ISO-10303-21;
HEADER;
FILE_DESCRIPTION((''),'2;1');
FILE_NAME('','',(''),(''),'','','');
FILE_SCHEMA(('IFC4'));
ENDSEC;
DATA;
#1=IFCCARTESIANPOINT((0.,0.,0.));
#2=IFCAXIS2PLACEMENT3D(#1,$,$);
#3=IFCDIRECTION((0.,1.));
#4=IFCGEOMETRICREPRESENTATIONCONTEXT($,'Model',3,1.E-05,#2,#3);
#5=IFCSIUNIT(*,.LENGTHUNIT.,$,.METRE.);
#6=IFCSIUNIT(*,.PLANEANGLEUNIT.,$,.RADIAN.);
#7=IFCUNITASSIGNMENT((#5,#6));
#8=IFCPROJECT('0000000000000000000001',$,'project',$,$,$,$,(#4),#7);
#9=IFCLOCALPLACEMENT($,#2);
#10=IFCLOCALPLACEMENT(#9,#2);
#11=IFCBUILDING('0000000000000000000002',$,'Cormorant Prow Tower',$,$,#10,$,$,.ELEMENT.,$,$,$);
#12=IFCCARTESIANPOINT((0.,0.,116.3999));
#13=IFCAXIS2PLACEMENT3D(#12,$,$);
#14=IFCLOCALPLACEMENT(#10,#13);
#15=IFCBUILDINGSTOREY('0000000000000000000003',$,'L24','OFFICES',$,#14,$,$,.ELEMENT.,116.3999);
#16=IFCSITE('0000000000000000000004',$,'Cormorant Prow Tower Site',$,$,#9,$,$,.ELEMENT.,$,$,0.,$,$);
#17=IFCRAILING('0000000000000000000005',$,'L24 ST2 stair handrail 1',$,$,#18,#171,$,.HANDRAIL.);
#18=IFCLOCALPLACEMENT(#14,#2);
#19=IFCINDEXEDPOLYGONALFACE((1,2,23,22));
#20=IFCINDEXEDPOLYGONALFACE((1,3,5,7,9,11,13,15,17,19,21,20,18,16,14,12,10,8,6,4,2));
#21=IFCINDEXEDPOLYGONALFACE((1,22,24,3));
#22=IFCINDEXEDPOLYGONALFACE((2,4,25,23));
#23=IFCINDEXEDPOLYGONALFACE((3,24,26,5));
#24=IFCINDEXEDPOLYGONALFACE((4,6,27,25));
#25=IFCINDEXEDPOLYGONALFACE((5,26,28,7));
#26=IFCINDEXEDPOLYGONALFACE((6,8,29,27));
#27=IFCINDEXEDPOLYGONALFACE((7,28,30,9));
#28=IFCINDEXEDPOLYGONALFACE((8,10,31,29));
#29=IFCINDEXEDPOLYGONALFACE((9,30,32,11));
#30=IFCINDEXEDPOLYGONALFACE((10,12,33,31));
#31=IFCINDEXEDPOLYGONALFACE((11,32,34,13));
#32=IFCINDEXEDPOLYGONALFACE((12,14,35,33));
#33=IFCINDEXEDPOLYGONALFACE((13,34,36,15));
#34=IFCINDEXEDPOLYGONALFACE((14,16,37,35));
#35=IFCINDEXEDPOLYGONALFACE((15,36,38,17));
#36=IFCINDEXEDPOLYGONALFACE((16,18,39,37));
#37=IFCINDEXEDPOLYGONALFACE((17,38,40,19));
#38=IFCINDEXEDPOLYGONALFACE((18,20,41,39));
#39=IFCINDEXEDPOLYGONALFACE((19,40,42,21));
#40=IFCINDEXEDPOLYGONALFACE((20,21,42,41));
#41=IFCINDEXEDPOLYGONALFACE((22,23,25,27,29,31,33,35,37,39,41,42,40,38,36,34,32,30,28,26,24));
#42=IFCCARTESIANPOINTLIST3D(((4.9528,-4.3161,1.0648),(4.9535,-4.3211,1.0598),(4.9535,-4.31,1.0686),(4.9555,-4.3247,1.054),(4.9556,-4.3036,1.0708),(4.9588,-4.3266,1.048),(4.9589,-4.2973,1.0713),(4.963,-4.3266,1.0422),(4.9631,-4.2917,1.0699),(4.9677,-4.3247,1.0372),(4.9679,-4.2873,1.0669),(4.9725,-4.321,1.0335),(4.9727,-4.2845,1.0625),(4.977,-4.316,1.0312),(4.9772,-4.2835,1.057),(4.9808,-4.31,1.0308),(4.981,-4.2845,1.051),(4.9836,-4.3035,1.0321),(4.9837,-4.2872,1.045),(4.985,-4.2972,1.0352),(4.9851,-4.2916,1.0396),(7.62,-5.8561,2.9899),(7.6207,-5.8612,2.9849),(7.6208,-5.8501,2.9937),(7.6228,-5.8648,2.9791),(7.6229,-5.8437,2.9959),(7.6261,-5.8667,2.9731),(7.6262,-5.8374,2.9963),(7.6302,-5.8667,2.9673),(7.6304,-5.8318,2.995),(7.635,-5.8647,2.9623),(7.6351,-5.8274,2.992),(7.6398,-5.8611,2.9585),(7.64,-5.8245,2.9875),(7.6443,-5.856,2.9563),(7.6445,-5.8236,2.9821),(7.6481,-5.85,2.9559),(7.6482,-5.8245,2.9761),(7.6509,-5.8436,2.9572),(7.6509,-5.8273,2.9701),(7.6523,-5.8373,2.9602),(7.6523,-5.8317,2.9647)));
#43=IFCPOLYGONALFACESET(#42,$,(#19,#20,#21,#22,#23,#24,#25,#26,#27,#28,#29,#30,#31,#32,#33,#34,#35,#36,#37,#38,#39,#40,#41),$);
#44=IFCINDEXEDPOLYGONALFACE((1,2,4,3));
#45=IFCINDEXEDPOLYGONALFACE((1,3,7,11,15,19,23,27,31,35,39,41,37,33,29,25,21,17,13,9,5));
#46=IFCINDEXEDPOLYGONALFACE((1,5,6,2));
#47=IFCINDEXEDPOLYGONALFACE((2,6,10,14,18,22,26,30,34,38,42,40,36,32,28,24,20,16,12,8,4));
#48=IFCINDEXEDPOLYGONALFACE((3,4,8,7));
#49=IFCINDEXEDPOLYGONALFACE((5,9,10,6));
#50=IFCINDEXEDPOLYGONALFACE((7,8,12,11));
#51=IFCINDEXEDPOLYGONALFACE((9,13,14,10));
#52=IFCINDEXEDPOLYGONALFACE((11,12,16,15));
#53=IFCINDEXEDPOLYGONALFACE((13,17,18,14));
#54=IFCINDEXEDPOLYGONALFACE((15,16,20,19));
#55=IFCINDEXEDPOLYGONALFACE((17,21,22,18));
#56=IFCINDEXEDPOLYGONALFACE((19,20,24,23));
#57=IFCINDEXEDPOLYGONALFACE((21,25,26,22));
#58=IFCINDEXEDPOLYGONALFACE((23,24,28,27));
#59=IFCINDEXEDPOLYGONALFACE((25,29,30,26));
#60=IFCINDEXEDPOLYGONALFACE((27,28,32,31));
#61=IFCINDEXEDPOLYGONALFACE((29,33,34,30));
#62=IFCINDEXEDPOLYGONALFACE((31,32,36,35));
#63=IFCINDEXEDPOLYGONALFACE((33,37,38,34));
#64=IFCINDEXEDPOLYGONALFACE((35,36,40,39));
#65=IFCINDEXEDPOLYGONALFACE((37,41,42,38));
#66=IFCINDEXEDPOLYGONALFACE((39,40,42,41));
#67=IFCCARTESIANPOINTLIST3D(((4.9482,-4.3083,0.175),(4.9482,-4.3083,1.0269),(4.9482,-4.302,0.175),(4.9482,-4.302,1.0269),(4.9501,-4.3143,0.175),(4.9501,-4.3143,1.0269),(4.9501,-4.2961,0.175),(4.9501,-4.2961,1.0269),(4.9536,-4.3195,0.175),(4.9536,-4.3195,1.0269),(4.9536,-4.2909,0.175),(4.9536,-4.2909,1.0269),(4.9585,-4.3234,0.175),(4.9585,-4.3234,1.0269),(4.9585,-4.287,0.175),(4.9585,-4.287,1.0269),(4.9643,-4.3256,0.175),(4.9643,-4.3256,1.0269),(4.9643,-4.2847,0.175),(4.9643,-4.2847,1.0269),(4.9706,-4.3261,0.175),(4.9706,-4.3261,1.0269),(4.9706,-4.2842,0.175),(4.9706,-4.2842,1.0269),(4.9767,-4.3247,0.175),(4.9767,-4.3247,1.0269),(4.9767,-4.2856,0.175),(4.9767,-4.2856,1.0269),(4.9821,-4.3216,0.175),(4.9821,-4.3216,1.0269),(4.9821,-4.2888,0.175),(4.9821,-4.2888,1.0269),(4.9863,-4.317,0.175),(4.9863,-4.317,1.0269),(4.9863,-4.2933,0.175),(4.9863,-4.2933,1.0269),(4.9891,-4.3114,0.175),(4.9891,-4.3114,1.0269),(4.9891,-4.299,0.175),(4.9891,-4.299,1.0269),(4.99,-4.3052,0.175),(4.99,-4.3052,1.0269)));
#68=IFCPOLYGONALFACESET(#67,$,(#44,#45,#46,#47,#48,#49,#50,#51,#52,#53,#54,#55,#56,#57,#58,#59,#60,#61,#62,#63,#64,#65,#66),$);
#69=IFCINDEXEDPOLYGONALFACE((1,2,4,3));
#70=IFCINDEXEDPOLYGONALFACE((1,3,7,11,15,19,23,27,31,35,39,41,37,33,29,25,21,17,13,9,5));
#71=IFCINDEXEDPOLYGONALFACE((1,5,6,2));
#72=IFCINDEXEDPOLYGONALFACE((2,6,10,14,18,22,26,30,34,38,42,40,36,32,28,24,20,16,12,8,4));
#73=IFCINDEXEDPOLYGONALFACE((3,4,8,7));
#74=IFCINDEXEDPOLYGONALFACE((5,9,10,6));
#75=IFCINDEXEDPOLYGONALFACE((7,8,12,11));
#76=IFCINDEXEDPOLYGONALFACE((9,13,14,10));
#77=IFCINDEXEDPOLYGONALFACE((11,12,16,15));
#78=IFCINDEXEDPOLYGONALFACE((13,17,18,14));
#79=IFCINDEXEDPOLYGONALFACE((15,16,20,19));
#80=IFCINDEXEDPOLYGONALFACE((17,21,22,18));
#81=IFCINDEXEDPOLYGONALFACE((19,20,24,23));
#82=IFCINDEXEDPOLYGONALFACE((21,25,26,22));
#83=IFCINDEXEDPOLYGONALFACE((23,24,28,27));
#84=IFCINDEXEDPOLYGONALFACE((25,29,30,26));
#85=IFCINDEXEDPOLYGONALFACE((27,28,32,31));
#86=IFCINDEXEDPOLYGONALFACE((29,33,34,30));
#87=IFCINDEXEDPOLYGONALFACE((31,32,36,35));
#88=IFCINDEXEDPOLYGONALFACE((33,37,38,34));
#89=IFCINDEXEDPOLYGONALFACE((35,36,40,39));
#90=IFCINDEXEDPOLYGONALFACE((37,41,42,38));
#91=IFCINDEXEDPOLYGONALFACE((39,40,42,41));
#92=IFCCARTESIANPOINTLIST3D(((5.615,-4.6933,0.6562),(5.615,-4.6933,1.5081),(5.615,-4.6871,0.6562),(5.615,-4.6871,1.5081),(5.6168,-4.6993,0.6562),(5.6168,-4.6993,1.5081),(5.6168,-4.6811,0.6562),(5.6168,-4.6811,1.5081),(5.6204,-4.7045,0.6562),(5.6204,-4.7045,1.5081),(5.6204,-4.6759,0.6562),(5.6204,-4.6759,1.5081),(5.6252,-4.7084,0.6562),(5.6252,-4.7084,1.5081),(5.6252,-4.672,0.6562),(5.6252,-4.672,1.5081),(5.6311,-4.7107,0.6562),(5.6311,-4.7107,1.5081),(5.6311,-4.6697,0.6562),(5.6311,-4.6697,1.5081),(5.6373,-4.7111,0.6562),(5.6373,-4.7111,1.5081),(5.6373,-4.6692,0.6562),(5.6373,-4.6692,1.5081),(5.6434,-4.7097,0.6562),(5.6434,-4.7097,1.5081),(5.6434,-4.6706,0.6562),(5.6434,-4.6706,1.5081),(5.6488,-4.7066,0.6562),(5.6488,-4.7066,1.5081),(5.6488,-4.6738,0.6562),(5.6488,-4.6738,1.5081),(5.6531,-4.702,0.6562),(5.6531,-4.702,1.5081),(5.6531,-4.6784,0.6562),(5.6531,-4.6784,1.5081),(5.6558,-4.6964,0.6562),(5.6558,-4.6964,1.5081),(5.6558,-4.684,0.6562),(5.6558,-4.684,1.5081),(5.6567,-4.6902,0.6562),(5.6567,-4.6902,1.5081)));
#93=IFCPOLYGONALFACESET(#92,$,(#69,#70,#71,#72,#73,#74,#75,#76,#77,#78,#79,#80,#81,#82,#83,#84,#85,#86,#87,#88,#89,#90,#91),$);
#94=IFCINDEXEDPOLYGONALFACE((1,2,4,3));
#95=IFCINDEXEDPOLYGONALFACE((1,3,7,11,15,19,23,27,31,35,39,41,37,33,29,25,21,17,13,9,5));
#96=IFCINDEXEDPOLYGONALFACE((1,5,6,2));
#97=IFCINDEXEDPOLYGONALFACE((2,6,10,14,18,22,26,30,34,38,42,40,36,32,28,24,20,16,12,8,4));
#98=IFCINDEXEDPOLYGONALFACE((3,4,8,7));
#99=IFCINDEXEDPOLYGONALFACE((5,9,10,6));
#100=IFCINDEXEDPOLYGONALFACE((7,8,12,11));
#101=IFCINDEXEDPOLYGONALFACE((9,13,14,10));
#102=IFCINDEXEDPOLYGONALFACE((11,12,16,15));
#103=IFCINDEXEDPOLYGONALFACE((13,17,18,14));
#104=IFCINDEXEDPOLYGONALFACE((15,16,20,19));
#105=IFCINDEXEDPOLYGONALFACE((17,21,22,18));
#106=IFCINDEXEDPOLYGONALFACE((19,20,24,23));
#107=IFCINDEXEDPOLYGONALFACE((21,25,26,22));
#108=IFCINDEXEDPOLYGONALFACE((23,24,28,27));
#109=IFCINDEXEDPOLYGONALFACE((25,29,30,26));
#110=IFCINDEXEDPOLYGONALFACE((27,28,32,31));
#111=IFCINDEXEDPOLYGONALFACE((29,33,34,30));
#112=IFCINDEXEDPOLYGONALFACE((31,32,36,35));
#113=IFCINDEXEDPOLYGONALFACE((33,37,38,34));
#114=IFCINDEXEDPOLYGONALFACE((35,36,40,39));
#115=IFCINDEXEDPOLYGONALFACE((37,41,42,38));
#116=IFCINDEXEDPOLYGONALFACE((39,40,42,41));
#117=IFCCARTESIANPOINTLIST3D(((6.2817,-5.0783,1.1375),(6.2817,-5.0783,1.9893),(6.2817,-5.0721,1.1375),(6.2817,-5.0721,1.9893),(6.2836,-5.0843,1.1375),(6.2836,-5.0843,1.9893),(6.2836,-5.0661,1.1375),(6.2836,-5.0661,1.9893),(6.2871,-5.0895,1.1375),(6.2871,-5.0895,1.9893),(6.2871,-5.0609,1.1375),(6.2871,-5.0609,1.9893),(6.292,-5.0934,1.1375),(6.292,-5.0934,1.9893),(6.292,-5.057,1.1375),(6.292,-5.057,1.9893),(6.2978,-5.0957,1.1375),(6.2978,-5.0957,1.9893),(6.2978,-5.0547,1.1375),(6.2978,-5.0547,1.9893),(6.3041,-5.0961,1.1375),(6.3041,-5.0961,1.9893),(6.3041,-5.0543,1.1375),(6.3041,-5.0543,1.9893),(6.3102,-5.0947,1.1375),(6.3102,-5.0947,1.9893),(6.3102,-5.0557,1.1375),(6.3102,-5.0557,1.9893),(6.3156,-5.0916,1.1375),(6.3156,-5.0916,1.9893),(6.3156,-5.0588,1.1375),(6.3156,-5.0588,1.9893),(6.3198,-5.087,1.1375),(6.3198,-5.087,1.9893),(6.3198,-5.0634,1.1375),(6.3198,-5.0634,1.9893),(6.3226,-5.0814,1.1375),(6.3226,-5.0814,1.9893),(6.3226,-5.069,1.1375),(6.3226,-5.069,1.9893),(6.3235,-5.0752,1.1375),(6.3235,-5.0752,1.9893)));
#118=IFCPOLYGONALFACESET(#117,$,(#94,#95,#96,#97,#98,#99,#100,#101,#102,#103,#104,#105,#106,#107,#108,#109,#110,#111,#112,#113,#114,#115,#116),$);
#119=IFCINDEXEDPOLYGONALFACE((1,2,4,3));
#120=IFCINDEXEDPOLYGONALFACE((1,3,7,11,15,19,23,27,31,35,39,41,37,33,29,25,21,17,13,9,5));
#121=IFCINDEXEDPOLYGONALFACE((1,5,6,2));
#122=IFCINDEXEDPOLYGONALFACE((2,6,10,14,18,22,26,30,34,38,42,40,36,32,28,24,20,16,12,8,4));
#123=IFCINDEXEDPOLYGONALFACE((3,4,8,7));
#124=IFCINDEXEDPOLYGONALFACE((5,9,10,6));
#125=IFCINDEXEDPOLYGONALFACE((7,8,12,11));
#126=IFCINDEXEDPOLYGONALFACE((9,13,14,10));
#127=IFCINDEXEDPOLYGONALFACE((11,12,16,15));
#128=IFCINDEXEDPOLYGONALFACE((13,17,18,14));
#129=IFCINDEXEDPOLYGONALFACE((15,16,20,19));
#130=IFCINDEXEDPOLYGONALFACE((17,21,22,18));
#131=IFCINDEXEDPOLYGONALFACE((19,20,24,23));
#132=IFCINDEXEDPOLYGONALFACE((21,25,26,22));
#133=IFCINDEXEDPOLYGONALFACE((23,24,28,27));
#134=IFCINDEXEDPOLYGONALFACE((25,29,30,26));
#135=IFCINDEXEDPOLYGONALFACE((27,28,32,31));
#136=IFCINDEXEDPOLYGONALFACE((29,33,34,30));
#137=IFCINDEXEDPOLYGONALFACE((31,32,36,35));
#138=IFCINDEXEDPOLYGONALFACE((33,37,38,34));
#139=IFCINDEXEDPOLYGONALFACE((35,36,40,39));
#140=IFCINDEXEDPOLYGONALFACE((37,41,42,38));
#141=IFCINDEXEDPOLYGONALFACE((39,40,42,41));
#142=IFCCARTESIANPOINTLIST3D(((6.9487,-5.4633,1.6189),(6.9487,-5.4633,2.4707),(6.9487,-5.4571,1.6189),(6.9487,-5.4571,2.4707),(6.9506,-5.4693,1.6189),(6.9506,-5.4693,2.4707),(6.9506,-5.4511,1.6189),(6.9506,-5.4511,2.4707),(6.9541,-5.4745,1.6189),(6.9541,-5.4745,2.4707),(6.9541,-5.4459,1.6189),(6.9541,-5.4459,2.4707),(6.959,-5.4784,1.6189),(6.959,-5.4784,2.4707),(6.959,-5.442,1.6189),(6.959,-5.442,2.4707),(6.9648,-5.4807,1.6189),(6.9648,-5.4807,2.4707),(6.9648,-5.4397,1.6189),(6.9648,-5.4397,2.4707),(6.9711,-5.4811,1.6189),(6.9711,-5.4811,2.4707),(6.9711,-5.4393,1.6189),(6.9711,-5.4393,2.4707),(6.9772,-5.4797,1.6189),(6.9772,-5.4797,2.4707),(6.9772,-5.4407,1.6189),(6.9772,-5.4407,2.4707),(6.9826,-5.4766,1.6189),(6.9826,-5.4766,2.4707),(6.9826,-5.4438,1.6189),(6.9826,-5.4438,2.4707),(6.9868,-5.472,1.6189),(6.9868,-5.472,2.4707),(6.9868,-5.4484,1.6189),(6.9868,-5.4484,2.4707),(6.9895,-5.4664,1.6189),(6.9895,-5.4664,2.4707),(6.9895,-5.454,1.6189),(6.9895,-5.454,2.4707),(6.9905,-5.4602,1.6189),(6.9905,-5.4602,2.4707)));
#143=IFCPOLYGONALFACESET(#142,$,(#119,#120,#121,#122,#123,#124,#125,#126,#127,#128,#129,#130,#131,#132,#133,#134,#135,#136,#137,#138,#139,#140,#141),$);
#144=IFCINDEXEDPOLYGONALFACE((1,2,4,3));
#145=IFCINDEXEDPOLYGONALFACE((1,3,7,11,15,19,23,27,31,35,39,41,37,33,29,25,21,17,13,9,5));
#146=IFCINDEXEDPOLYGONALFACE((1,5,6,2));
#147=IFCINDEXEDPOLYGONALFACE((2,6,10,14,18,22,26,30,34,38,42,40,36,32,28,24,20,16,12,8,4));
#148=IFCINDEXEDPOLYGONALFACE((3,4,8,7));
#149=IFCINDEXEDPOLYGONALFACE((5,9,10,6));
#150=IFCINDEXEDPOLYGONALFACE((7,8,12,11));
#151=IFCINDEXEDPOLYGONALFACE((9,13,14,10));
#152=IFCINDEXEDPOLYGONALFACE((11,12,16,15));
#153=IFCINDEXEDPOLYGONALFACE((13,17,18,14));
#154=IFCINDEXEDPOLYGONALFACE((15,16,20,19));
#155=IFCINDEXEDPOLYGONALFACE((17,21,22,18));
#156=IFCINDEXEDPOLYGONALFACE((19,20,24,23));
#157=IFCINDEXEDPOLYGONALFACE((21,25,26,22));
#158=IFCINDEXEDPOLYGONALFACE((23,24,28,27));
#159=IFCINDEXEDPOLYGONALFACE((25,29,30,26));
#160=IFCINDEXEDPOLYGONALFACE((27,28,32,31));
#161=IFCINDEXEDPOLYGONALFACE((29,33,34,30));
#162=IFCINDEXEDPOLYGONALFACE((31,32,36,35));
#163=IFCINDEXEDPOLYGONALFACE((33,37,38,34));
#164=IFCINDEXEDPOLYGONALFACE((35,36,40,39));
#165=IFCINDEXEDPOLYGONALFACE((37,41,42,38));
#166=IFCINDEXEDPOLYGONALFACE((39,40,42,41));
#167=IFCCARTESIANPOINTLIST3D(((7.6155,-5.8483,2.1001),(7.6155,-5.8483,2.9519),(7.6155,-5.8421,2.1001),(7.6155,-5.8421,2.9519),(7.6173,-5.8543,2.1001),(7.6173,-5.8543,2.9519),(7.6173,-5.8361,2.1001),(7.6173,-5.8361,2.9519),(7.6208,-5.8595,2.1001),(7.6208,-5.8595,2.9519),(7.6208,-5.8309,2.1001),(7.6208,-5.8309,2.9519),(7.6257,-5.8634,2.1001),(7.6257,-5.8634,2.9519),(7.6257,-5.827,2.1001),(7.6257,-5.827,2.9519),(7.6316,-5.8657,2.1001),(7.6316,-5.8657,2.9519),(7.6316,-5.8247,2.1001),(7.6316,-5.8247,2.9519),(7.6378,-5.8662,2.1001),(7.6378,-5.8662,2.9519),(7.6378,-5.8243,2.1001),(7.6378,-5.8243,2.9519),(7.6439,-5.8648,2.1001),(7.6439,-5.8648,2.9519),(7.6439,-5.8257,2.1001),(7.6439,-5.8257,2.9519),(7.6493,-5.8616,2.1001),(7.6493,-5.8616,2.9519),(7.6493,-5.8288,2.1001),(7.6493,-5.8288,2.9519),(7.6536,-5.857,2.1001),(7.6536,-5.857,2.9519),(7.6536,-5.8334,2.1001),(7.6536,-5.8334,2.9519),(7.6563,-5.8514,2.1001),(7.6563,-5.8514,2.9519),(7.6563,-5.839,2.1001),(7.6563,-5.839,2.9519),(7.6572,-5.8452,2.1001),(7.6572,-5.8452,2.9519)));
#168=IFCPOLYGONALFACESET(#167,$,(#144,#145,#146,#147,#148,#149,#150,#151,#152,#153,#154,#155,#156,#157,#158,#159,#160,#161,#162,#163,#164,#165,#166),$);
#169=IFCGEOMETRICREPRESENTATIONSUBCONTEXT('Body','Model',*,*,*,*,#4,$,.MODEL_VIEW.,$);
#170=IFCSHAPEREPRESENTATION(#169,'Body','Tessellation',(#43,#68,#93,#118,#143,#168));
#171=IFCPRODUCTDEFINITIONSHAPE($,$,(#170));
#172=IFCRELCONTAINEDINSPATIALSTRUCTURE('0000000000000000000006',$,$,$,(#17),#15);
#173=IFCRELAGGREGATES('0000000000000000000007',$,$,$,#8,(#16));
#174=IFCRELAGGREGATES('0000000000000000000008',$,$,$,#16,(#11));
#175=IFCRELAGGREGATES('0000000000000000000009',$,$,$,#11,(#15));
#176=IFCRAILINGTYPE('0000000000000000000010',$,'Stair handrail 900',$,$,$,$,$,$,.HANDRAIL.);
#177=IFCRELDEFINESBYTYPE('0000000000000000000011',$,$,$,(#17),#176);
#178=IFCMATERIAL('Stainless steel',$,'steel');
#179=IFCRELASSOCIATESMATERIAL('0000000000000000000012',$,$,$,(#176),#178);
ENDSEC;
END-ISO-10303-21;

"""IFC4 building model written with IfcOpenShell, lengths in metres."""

from ifc_helpers import new_model, si_unit, direction, frame, origin, origin_2d, place, context, subcontext, project, spatial, circle, extrude, material, type_object, element, save


model = new_model("IFC4")

# Units and contexts
model_context = context("Model", 3, precision=1e-05, world=origin(), true_north=direction((0.0, 1.0)))
body_context = subcontext(model_context, "Body", "Model", "MODEL_VIEW")
ifc_project = project(units=[si_unit("LENGTHUNIT", "METRE"), si_unit("PLANEANGLEUNIT", "RADIAN")], contexts=[model_context])

# Site, building, storey
site_placement = place(None, origin())
site = spatial("IfcSite", under=ifc_project, at=site_placement, Name="Cormorant Prow Tower Site", CompositionType="ELEMENT", RefElevation=0.0)
building_placement = place(site_placement, origin())
building = spatial("IfcBuilding", under=site, at=building_placement, Name="Cormorant Prow Tower", CompositionType="ELEMENT")
storey_placement = place(building_placement, frame((0.0, 0.0, 116.3999)))
storey = spatial("IfcBuildingStorey", under=building, at=storey_placement, Name="L24", Description="OFFICES", CompositionType="ELEMENT", Elevation=116.3999)

# Railing
ifc_material_1 = material(Name="Stainless steel", Category="steel")
railing_type_1 = type_object("IfcRailingType", Name="Stair handrail 900", PredefinedType="HANDRAIL", material=ifc_material_1)
railing_1_placement = place(storey_placement, frame((4.969, -4.3052, 0.175)))
element("IfcRailing", 1, at=railing_1_placement, inside=storey, type_object=railing_type_1, Name="L24 ST2 stair handrail 1", PredefinedType="HANDRAIL", context=body_context, shape_type="SweptSolid", body=[
    extrude(circle(Radius=0.0239, at=origin_2d()), frame((0.0, 0.0, 0.876), z_axis=(0.734364, -0.424015, 0.530019), x_axis=(0.500027, 0.86601, 0.0)), (0.0, 0.0, 1.0), 3.6321),
    extrude(circle(Radius=0.021, at=origin_2d()), origin(), (0.0, 0.0, 1.0), 0.8518),
    extrude(circle(Radius=0.021, at=origin_2d()), frame((0.6667, -0.385, 0.4812)), (0.0, 0.0, 1.0), 0.8518),
    extrude(circle(Radius=0.021, at=origin_2d()), frame((1.3335, -0.77, 0.9624)), (0.0, 0.0, 1.0), 0.8518),
    extrude(circle(Radius=0.021, at=origin_2d()), frame((2.0005, -1.155, 1.4438)), (0.0, 0.0, 1.0), 0.8518),
    extrude(circle(Radius=0.021, at=origin_2d()), frame((2.6672, -1.54, 1.925)), (0.0, 0.0, 1.0), 0.8518),
])

save(model, "model.ifc")
